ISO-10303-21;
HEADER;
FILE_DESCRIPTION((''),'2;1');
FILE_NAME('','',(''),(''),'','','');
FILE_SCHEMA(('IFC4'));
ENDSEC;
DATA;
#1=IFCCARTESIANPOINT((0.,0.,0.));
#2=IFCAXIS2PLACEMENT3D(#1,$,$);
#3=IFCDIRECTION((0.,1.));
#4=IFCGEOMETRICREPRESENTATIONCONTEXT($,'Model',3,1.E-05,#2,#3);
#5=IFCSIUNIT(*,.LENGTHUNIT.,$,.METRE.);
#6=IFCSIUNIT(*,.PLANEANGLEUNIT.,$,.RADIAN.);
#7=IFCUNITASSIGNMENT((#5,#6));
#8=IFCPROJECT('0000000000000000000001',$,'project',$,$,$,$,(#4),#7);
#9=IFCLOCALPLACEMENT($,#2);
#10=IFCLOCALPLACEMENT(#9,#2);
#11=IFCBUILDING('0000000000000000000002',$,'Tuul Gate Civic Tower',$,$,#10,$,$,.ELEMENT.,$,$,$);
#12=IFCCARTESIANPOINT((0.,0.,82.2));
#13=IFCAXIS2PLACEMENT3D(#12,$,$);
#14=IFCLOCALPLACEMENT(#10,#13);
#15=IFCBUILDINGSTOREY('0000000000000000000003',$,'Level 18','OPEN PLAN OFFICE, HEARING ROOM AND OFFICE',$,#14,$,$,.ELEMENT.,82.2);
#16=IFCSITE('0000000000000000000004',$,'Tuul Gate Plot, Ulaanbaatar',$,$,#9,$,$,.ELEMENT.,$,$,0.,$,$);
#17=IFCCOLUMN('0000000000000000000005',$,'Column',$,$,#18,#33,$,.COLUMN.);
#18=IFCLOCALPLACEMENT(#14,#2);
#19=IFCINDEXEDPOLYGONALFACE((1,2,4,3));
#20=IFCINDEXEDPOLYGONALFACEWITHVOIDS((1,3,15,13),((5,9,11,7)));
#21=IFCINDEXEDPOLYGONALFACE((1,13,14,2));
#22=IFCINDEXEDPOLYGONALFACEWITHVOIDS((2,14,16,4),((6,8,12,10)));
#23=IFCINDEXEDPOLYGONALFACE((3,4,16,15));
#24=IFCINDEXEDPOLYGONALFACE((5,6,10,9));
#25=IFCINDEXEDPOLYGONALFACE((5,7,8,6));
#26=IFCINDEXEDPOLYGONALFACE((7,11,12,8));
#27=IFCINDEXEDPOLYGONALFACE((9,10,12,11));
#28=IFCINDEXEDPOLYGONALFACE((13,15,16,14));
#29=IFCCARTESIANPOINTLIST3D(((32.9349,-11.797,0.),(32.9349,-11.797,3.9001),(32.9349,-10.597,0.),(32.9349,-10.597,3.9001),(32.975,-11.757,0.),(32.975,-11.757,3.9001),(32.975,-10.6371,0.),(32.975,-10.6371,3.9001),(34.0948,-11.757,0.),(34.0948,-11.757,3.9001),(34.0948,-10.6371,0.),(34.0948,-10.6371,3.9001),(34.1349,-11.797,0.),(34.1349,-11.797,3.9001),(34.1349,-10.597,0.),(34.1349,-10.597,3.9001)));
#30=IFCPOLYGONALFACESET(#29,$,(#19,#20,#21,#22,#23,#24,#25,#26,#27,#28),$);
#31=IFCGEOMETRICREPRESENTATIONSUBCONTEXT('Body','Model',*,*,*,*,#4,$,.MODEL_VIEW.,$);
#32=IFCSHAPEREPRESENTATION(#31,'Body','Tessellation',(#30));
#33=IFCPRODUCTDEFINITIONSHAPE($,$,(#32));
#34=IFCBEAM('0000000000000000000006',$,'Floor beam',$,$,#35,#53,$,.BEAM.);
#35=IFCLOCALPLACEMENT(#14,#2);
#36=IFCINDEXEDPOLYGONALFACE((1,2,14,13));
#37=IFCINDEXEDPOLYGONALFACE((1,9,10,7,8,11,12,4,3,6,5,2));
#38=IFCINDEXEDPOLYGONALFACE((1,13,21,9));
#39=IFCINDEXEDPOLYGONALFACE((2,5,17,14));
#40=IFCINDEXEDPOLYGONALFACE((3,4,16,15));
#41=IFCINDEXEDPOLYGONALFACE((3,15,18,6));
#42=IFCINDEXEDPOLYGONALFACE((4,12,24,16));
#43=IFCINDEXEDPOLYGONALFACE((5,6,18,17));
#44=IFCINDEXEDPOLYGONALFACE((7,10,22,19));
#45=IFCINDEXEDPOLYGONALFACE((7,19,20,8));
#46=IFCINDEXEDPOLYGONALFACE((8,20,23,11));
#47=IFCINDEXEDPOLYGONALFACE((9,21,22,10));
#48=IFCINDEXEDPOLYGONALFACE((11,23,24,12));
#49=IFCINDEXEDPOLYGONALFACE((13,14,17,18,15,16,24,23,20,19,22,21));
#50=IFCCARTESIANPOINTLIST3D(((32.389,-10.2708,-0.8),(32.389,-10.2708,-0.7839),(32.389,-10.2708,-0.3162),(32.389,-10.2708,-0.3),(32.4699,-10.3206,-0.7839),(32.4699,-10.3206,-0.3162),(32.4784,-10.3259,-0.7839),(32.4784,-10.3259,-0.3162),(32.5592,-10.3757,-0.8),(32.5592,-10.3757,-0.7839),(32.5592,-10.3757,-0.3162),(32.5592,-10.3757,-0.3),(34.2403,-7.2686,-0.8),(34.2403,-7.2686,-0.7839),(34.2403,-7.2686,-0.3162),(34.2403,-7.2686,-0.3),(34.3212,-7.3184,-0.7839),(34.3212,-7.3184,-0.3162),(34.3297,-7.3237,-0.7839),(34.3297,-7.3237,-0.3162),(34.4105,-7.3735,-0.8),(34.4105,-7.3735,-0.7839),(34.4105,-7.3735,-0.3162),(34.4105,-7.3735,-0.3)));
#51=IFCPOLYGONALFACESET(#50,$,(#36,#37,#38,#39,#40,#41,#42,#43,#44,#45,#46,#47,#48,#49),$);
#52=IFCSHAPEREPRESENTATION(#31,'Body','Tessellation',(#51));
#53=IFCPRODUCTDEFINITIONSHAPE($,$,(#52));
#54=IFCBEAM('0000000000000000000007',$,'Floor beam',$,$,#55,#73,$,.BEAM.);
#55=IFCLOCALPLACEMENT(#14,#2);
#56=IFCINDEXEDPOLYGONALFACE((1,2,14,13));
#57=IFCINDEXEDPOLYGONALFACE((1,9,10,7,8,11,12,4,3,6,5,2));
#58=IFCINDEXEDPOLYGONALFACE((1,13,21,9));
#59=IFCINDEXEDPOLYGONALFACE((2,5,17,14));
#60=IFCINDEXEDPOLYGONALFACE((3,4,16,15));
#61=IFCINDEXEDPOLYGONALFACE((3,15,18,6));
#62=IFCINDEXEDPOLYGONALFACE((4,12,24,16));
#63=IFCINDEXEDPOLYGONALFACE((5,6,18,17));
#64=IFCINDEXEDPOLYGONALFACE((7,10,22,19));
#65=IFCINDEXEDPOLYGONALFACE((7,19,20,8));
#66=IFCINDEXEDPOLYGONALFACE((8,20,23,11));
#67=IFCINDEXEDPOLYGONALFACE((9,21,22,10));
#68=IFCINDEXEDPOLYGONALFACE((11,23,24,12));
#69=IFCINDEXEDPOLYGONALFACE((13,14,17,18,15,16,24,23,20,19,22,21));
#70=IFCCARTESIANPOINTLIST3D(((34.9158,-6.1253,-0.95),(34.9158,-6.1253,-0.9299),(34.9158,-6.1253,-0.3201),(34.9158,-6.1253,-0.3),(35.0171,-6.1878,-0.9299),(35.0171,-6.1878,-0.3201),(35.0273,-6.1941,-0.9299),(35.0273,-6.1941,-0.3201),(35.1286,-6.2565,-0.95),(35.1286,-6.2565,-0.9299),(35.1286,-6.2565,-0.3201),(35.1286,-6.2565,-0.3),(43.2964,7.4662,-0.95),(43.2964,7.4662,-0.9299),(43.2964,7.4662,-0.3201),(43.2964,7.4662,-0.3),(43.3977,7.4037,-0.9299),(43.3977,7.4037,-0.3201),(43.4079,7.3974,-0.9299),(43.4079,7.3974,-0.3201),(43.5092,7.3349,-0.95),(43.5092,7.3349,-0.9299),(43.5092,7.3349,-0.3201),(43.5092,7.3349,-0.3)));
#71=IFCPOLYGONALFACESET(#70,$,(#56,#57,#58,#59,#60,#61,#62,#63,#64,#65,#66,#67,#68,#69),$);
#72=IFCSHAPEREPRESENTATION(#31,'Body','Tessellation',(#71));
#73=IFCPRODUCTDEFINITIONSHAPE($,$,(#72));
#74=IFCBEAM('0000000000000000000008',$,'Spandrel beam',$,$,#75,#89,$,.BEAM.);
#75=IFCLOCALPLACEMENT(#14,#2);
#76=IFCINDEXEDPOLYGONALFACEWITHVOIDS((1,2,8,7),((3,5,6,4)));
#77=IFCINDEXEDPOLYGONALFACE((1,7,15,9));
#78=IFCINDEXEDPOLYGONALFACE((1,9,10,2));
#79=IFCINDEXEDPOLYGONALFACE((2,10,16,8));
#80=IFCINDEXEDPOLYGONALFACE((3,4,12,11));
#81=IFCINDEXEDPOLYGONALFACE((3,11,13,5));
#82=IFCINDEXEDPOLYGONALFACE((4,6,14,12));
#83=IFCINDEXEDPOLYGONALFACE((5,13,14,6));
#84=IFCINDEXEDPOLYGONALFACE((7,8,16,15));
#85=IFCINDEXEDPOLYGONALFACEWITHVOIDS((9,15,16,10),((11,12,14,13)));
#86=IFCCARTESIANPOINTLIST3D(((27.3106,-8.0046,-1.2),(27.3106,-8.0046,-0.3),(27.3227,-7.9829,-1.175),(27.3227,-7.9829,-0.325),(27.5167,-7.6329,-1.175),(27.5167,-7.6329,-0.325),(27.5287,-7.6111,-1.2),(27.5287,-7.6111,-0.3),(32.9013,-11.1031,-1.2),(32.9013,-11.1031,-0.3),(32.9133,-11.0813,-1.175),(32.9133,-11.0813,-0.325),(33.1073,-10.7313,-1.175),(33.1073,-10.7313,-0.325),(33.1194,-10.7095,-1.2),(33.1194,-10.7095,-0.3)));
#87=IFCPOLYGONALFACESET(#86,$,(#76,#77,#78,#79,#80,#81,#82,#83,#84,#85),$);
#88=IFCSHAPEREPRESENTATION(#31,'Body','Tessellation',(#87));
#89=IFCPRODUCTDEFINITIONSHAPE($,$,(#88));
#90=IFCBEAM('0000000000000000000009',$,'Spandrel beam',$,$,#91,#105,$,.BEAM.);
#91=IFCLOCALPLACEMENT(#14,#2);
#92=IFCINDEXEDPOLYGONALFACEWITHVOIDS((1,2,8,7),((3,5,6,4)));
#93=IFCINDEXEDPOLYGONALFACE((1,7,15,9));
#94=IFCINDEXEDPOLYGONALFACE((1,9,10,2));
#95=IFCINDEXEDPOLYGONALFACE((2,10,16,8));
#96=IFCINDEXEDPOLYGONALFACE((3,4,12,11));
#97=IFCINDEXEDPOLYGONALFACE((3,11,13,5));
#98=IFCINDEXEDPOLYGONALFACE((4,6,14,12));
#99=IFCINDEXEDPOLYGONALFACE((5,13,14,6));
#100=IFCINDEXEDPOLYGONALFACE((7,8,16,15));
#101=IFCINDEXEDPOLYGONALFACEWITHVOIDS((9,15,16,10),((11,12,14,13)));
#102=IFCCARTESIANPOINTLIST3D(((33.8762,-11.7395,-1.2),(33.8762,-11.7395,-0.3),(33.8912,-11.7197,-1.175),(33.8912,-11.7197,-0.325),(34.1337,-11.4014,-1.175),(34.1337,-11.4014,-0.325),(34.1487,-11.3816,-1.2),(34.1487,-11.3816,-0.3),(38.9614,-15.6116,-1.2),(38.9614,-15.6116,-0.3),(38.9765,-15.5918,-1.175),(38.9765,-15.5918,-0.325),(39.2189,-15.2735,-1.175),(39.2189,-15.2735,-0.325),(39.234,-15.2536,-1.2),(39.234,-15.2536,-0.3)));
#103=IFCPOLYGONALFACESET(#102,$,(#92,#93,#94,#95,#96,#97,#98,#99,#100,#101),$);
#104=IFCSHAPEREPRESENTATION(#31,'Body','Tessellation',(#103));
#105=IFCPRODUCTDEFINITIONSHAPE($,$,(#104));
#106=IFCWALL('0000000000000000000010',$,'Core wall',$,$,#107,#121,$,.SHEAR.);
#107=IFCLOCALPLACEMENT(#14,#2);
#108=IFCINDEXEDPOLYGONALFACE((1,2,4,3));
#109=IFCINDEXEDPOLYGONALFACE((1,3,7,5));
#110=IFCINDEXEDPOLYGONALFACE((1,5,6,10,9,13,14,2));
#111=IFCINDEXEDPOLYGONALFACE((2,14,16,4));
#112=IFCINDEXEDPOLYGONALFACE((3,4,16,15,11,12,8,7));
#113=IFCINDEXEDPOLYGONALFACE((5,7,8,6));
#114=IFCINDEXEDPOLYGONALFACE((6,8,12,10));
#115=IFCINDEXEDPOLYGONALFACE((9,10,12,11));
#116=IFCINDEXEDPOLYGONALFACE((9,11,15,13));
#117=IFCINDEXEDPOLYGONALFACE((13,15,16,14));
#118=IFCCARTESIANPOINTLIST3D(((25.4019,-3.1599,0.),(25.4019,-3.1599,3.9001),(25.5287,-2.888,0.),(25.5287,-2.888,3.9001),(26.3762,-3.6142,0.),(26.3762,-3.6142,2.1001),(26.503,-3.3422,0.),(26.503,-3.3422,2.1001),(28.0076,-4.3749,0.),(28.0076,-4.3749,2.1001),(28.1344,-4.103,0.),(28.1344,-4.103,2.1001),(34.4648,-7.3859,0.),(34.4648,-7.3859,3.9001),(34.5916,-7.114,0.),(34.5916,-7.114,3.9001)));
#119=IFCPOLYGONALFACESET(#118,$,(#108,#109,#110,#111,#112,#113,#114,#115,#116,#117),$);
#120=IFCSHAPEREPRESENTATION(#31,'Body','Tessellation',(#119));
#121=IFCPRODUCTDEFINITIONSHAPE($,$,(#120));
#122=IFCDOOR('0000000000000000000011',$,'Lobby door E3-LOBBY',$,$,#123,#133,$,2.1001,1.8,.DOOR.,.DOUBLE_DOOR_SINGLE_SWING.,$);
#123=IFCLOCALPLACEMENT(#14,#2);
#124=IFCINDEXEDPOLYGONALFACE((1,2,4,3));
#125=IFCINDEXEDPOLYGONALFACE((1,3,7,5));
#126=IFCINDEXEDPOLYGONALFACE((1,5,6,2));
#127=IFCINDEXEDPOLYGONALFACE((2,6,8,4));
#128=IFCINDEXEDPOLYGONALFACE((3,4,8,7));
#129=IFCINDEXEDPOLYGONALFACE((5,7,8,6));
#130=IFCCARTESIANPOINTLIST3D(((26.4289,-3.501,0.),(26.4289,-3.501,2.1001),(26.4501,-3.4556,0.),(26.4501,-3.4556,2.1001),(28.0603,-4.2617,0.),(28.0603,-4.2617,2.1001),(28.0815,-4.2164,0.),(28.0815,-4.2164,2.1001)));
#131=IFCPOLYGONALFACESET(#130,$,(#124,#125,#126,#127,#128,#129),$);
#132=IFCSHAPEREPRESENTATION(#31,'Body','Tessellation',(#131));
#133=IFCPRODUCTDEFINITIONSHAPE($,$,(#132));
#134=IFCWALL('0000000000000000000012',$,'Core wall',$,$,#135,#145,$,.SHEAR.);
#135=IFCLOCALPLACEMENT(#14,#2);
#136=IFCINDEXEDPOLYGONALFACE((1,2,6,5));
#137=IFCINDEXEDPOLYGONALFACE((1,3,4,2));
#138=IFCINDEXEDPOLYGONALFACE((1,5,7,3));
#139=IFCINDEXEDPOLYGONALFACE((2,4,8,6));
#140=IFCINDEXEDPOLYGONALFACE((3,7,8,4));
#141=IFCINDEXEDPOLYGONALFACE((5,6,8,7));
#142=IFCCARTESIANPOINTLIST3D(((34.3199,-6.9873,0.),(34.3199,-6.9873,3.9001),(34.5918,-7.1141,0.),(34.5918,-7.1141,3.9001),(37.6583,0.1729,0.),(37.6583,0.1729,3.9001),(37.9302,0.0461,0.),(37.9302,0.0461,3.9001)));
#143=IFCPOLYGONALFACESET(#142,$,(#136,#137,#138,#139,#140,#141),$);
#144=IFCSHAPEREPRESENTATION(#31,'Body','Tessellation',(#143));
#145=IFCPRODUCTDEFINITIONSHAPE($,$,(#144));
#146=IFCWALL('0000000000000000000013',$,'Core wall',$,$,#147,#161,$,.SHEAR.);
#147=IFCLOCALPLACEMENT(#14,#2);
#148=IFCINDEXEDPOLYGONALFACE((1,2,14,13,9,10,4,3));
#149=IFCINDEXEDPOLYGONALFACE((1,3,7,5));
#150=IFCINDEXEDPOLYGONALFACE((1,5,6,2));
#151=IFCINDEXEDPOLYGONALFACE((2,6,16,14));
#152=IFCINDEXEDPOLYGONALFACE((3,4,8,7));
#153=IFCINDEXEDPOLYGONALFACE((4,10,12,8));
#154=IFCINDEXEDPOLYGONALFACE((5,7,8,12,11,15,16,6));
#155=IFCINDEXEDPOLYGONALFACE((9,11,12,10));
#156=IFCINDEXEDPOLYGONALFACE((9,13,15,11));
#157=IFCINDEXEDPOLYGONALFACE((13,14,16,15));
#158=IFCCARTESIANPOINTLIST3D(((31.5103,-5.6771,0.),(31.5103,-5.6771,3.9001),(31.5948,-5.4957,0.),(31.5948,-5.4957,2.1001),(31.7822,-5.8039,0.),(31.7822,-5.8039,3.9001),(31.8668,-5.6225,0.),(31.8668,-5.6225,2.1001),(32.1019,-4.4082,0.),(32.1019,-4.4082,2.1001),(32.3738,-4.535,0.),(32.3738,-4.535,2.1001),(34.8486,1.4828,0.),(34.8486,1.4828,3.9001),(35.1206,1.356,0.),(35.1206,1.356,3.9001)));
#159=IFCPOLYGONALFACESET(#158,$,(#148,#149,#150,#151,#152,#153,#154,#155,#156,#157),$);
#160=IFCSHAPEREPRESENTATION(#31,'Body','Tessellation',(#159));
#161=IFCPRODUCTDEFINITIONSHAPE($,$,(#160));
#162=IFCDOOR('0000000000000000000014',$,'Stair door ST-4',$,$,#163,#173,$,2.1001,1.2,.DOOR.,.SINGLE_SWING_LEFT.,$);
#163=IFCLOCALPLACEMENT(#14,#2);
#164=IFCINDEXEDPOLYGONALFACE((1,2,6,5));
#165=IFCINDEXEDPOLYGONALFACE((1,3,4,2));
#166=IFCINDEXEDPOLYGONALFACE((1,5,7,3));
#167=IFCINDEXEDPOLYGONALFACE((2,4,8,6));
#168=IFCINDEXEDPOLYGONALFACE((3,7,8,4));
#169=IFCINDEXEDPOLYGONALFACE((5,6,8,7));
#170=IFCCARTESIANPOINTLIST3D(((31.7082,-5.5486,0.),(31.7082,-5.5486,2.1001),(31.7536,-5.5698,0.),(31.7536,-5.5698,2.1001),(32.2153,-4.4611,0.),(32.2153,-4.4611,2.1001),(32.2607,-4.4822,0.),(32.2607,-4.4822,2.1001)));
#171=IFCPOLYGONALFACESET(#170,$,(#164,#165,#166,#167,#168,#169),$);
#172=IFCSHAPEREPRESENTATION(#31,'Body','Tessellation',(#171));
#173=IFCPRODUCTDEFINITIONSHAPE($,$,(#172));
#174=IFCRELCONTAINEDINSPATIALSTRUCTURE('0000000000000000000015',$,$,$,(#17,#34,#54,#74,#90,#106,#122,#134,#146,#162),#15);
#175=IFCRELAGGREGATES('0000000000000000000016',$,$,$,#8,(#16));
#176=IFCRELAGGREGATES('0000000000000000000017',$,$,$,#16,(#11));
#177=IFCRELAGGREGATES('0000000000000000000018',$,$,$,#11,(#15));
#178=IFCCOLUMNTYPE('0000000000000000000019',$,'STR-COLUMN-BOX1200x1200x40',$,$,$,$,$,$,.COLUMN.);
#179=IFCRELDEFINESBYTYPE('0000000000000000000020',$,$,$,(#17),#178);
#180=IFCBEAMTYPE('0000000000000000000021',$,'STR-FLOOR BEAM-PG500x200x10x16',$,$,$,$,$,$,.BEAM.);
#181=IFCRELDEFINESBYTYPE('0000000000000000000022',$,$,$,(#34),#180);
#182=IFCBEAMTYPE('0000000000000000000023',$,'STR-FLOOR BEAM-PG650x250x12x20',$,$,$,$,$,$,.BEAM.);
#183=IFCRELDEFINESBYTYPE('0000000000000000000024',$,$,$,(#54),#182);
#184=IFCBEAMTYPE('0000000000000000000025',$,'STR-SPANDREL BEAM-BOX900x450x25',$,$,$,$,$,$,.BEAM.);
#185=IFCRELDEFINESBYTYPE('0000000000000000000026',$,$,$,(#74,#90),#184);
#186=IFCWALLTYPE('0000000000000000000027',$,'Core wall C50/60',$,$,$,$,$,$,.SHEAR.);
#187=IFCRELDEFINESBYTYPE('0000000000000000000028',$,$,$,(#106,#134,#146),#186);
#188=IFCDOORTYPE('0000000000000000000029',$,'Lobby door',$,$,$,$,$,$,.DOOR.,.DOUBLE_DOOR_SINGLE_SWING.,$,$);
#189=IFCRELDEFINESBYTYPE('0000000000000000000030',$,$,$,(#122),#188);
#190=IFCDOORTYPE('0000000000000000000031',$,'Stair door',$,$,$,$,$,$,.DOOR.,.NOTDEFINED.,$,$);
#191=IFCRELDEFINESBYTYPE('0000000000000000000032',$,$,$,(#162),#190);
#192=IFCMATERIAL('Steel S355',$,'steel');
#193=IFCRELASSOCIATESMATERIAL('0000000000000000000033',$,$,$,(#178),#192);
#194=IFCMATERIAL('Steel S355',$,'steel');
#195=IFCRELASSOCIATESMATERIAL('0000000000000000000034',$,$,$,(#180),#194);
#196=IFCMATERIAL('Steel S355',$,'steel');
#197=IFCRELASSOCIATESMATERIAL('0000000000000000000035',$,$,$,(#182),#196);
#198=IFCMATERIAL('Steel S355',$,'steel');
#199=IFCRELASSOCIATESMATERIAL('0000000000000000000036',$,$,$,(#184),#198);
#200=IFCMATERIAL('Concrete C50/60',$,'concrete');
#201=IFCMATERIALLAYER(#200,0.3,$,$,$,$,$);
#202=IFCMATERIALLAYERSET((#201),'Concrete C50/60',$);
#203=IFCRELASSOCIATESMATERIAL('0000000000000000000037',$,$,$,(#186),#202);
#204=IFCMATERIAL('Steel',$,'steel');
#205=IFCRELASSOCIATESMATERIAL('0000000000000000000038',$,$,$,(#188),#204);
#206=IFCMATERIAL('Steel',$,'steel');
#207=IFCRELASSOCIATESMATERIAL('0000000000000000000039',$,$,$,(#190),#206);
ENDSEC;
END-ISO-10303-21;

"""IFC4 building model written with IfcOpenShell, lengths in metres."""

from ifc_helpers import new_model, si_unit, direction, frame, frame_2d, origin, origin_2d, place, context, subcontext, project, spatial, rectangle, hollow_rectangle, i_section, extrude, material, layer, layer_set, material_profile, profile_set, type_object, element, fill, save


model = new_model("IFC4")

# Units and contexts
model_context = context("Model", 3, precision=1e-05, world=origin(), true_north=direction((0.0, 1.0)))
body_context = subcontext(model_context, "Body", "Model", "MODEL_VIEW")
ifc_project = project(units=[si_unit("LENGTHUNIT", "METRE"), si_unit("PLANEANGLEUNIT", "RADIAN")], contexts=[model_context])

# Site, building, storey
site_placement = place(None, origin())
site = spatial("IfcSite", under=ifc_project, at=site_placement, Name="Tuul Gate Plot, Ulaanbaatar", CompositionType="ELEMENT", RefElevation=0.0)
building_placement = place(site_placement, origin())
building = spatial("IfcBuilding", under=site, at=building_placement, Name="Tuul Gate Civic Tower", CompositionType="ELEMENT")
storey_placement = place(building_placement, frame((0.0, 0.0, 82.2)))
storey = spatial("IfcBuildingStorey", under=building, at=storey_placement, Name="Level 18", Description="OPEN PLAN OFFICE, HEARING ROOM AND OFFICE", CompositionType="ELEMENT", Elevation=82.2)

# Column
ifc_material_1 = material(Name="Steel S355", Category="steel")
ifc_material_profile_1 = material_profile(ifc_material_1, hollow_rectangle(XDim=1.2, YDim=1.2, WallThickness=0.04, at=origin_2d()), Name="BOX1200x1200x40")
ifc_profile_set_1 = profile_set([ifc_material_profile_1], Name="Steel S355")
column_type = type_object("IfcColumnType", Name="STR-COLUMN-BOX1200x1200x40", PredefinedType="COLUMN", material=ifc_profile_set_1)
column_placement = place(storey_placement, frame((33.5349, -11.197, 0.0), z_axis=(0.0, 0.0, 1.0), x_axis=(1.0, 0.0, 0.0)))
element("IfcColumn", 1, at=column_placement, inside=storey, type_object=column_type, Name="Column", PredefinedType="COLUMN", context=body_context, shape_type="SweptSolid", body=[
    extrude(hollow_rectangle(XDim=1.2, YDim=1.2, WallThickness=0.04, at=origin_2d()), origin(), (0.0, 0.0, 1.0), 3.9001),
])

# Beams
ifc_material_2 = material(Name="Steel S355", Category="steel")
ifc_material_profile_2 = material_profile(ifc_material_2, i_section(OverallWidth=0.2, OverallDepth=0.5, WebThickness=0.01, FlangeThickness=0.0161, at=origin_2d()), Name="PG500x200x10x16")
ifc_profile_set_2 = profile_set([ifc_material_profile_2], Name="Steel S355")
beam_type_1 = type_object("IfcBeamType", Name="STR-FLOOR BEAM-PG500x200x10x16", PredefinedType="BEAM", material=ifc_profile_set_2)
beam_1_placement = place(storey_placement, frame((32.4741, -10.3232, -0.55), z_axis=(0.524881, 0.851176, 0.0), x_axis=(-0.851176, 0.524881, 0.0)))
element("IfcBeam", 2, at=beam_1_placement, inside=storey, type_object=beam_type_1, Name="Floor beam", PredefinedType="BEAM", context=body_context, shape_type="SweptSolid", body=[
    extrude(i_section(OverallWidth=0.2, OverallDepth=0.5, WebThickness=0.01, FlangeThickness=0.0161, at=origin_2d()), origin(), (0.0, 0.0, 1.0), 3.5271),
])
ifc_material_3 = material(Name="Steel S355", Category="steel")
ifc_material_profile_3 = material_profile(ifc_material_3, i_section(OverallWidth=0.25, OverallDepth=0.6499, WebThickness=0.012, FlangeThickness=0.02, at=origin_2d()), Name="PG650x250x12x20")
ifc_profile_set_3 = profile_set([ifc_material_profile_3], Name="Steel S355")
beam_type_2 = type_object("IfcBeamType", Name="STR-FLOOR BEAM-PG650x250x12x20", PredefinedType="BEAM", material=ifc_profile_set_3)
beam_2_placement = place(storey_placement, frame((35.0222, -6.1909, -0.625), z_axis=(0.52485, 0.851194, 0.0), x_axis=(-0.851194, 0.52485, 0.0)))
element("IfcBeam", 3, at=beam_2_placement, inside=storey, type_object=beam_type_2, Name="Floor beam", PredefinedType="BEAM", context=body_context, shape_type="SweptSolid", body=[
    extrude(i_section(OverallWidth=0.25, OverallDepth=0.6499, WebThickness=0.012, FlangeThickness=0.02, at=origin_2d()), origin(), (0.0, 0.0, 1.0), 15.9675),
])
ifc_material_4 = material(Name="Steel S355", Category="steel")
ifc_material_profile_4 = material_profile(ifc_material_4, hollow_rectangle(XDim=0.45, YDim=0.8999, WallThickness=0.0249, at=origin_2d()), Name="BOX900x450x25")
ifc_profile_set_4 = profile_set([ifc_material_profile_4], Name="Steel S355")
beam_type_3 = type_object("IfcBeamType", Name="STR-SPANDREL BEAM-BOX900x450x25", PredefinedType="BEAM", material=ifc_profile_set_4)
beam_3_placement = place(storey_placement, frame((27.4197, -7.8079, -0.75), z_axis=(0.874654, -0.484748, 0.0), x_axis=(0.484748, 0.874654, 0.0)))
element("IfcBeam", 4, at=beam_3_placement, inside=storey, type_object=beam_type_3, Name="Spandrel beam", PredefinedType="BEAM", context=body_context, shape_type="SweptSolid", body=[
    extrude(hollow_rectangle(XDim=0.45, YDim=0.8999, WallThickness=0.0249, at=origin_2d()), origin(), (0.0, 0.0, 1.0), 6.3918),
])
beam_4_placement = place(storey_placement, frame((34.0125, -11.5605, -0.75), z_axis=(0.795611, -0.605808, 0.0), x_axis=(0.605808, 0.795611, 0.0)))
element("IfcBeam", 5, at=beam_4_placement, inside=storey, type_object=beam_type_3, Name="Spandrel beam", PredefinedType="BEAM", context=body_context, shape_type="SweptSolid", body=[
    extrude(hollow_rectangle(XDim=0.45, YDim=0.8999, WallThickness=0.0249, at=origin_2d()), origin(), (0.0, 0.0, 1.0), 6.3916),
])

# Wall, opening, door
ifc_material_5 = material(Name="Concrete C50/60", Category="concrete")
ifc_layer_1 = layer(ifc_material_5, 0.3)
ifc_layer_set_1 = layer_set([ifc_layer_1], Name="Concrete C50/60")
wall_type_1 = type_object("IfcWallType", Name="Core wall C50/60", PredefinedType="SHEAR", material=ifc_layer_set_1)
wall_1_placement = place(storey_placement, frame((34.5283, -7.25, 0.0), z_axis=(0.0, 0.0, 1.0), x_axis=(-0.90631, 0.422613, 0.0)))
wall_1 = element("IfcWall", 6, at=wall_1_placement, inside=storey, type_object=wall_type_1, Name="Core wall", PredefinedType="SHEAR", context=body_context, shape_type="SweptSolid", body=[
    extrude(rectangle(XDim=9.9998, YDim=0.3, at=frame_2d((5.0, 0.0))), origin(), (0.0, 0.0, 1.0), 3.9001),
])
opening_1_placement = place(wall_1_placement, frame((7.125, 0.0, 0.0)))
opening_1 = element("IfcOpeningElement", 7, at=opening_1_placement, cuts=wall_1, PredefinedType="OPENING", context=body_context, shape_type="SweptSolid", body=[
    extrude(rectangle(XDim=1.8, YDim=2.1001, at=frame_2d((0.8999, 1.05))), frame((0.0, 0.1602, 0.0), z_axis=(0.0, -1.0, 0.0), x_axis=(1.0, 0.0, 0.0)), (0.0, 0.0, 1.0), 0.3201),
])
ifc_material_6 = material(Name="Steel", Category="steel")
door_type_1 = type_object("IfcDoorType", Name="Lobby door", OperationType="DOUBLE_DOOR_SINGLE_SWING", PredefinedType="DOOR", material=ifc_material_6)
door_1_placement = place(opening_1_placement, frame((1.8, 0.0, 0.0), z_axis=(0.0, 0.0, 1.0), x_axis=(-1.0, 0.0, 0.0)))
door_1 = element("IfcDoor", 8, at=door_1_placement, inside=storey, type_object=door_type_1, Name="Lobby door E3-LOBBY", OperationType="DOUBLE_DOOR_SINGLE_SWING", OverallHeight=2.1001, OverallWidth=1.8, PredefinedType="DOOR", context=body_context, shape_type="SweptSolid", body=[
    extrude(rectangle(XDim=1.8, YDim=2.1001, at=frame_2d((0.9001, 1.05))), frame((0.0, 0.0249, 0.0), z_axis=(0.0, -1.0, 0.0), x_axis=(1.0, 0.0, 0.0)), (0.0, 0.0, 1.0), 0.05),
])
fill(opening_1, door_1)

# Wall
wall_2_placement = place(storey_placement, frame((34.4558, -7.0508, 0.0), z_axis=(0.0, 0.0, 1.0), x_axis=(0.422571, 0.90633, 0.0)))
element("IfcWall", 9, at=wall_2_placement, inside=storey, type_object=wall_type_1, Name="Core wall", PredefinedType="SHEAR", context=body_context, shape_type="SweptSolid", body=[
    extrude(rectangle(XDim=7.9001, YDim=0.3, at=frame_2d((3.9502, 0.0))), origin(), (0.0, 0.0, 1.0), 3.9001),
])

# Wall, opening, door
wall_3_placement = place(storey_placement, frame((31.6462, -5.7405, 0.0), z_axis=(0.0, 0.0, 1.0), x_axis=(0.422583, 0.906324, 0.0)))
wall_3 = element("IfcWall", 10, at=wall_3_placement, inside=storey, type_object=wall_type_1, Name="Core wall", PredefinedType="SHEAR", context=body_context, shape_type="SweptSolid", body=[
    extrude(rectangle(XDim=7.8999, YDim=0.3, at=frame_2d((3.95, 0.0))), origin(), (0.0, 0.0, 1.0), 3.9001),
])
opening_2_placement = place(wall_3_placement, frame((0.2, 0.0, 0.0)))
opening_2 = element("IfcOpeningElement", 11, at=opening_2_placement, cuts=wall_3, PredefinedType="OPENING", context=body_context, shape_type="SweptSolid", body=[
    extrude(rectangle(XDim=1.2, YDim=2.1001, at=frame_2d((0.6001, 1.05))), frame((0.0, 0.1602, 0.0), z_axis=(0.0, -1.0, 0.0), x_axis=(1.0, 0.0, 0.0)), (0.0, 0.0, 1.0), 0.3201),
])
ifc_material_7 = material(Name="Steel", Category="steel")
door_type_2 = type_object("IfcDoorType", Name="Stair door", OperationType="NOTDEFINED", PredefinedType="DOOR", material=ifc_material_7)
door_2_placement = place(opening_2_placement, origin())
door_2 = element("IfcDoor", 12, at=door_2_placement, inside=storey, type_object=door_type_2, Name="Stair door ST-4", OperationType="SINGLE_SWING_LEFT", OverallHeight=2.1001, OverallWidth=1.2, PredefinedType="DOOR", context=body_context, shape_type="SweptSolid", body=[
    extrude(rectangle(XDim=1.2, YDim=2.1001, at=frame_2d((0.6001, 1.05))), frame((0.0, 0.0249, 0.0), z_axis=(0.0, -1.0, 0.0), x_axis=(1.0, 0.0, 0.0)), (0.0, 0.0, 1.0), 0.05),
])
fill(opening_2, door_2)

save(model, "model.ifc")
